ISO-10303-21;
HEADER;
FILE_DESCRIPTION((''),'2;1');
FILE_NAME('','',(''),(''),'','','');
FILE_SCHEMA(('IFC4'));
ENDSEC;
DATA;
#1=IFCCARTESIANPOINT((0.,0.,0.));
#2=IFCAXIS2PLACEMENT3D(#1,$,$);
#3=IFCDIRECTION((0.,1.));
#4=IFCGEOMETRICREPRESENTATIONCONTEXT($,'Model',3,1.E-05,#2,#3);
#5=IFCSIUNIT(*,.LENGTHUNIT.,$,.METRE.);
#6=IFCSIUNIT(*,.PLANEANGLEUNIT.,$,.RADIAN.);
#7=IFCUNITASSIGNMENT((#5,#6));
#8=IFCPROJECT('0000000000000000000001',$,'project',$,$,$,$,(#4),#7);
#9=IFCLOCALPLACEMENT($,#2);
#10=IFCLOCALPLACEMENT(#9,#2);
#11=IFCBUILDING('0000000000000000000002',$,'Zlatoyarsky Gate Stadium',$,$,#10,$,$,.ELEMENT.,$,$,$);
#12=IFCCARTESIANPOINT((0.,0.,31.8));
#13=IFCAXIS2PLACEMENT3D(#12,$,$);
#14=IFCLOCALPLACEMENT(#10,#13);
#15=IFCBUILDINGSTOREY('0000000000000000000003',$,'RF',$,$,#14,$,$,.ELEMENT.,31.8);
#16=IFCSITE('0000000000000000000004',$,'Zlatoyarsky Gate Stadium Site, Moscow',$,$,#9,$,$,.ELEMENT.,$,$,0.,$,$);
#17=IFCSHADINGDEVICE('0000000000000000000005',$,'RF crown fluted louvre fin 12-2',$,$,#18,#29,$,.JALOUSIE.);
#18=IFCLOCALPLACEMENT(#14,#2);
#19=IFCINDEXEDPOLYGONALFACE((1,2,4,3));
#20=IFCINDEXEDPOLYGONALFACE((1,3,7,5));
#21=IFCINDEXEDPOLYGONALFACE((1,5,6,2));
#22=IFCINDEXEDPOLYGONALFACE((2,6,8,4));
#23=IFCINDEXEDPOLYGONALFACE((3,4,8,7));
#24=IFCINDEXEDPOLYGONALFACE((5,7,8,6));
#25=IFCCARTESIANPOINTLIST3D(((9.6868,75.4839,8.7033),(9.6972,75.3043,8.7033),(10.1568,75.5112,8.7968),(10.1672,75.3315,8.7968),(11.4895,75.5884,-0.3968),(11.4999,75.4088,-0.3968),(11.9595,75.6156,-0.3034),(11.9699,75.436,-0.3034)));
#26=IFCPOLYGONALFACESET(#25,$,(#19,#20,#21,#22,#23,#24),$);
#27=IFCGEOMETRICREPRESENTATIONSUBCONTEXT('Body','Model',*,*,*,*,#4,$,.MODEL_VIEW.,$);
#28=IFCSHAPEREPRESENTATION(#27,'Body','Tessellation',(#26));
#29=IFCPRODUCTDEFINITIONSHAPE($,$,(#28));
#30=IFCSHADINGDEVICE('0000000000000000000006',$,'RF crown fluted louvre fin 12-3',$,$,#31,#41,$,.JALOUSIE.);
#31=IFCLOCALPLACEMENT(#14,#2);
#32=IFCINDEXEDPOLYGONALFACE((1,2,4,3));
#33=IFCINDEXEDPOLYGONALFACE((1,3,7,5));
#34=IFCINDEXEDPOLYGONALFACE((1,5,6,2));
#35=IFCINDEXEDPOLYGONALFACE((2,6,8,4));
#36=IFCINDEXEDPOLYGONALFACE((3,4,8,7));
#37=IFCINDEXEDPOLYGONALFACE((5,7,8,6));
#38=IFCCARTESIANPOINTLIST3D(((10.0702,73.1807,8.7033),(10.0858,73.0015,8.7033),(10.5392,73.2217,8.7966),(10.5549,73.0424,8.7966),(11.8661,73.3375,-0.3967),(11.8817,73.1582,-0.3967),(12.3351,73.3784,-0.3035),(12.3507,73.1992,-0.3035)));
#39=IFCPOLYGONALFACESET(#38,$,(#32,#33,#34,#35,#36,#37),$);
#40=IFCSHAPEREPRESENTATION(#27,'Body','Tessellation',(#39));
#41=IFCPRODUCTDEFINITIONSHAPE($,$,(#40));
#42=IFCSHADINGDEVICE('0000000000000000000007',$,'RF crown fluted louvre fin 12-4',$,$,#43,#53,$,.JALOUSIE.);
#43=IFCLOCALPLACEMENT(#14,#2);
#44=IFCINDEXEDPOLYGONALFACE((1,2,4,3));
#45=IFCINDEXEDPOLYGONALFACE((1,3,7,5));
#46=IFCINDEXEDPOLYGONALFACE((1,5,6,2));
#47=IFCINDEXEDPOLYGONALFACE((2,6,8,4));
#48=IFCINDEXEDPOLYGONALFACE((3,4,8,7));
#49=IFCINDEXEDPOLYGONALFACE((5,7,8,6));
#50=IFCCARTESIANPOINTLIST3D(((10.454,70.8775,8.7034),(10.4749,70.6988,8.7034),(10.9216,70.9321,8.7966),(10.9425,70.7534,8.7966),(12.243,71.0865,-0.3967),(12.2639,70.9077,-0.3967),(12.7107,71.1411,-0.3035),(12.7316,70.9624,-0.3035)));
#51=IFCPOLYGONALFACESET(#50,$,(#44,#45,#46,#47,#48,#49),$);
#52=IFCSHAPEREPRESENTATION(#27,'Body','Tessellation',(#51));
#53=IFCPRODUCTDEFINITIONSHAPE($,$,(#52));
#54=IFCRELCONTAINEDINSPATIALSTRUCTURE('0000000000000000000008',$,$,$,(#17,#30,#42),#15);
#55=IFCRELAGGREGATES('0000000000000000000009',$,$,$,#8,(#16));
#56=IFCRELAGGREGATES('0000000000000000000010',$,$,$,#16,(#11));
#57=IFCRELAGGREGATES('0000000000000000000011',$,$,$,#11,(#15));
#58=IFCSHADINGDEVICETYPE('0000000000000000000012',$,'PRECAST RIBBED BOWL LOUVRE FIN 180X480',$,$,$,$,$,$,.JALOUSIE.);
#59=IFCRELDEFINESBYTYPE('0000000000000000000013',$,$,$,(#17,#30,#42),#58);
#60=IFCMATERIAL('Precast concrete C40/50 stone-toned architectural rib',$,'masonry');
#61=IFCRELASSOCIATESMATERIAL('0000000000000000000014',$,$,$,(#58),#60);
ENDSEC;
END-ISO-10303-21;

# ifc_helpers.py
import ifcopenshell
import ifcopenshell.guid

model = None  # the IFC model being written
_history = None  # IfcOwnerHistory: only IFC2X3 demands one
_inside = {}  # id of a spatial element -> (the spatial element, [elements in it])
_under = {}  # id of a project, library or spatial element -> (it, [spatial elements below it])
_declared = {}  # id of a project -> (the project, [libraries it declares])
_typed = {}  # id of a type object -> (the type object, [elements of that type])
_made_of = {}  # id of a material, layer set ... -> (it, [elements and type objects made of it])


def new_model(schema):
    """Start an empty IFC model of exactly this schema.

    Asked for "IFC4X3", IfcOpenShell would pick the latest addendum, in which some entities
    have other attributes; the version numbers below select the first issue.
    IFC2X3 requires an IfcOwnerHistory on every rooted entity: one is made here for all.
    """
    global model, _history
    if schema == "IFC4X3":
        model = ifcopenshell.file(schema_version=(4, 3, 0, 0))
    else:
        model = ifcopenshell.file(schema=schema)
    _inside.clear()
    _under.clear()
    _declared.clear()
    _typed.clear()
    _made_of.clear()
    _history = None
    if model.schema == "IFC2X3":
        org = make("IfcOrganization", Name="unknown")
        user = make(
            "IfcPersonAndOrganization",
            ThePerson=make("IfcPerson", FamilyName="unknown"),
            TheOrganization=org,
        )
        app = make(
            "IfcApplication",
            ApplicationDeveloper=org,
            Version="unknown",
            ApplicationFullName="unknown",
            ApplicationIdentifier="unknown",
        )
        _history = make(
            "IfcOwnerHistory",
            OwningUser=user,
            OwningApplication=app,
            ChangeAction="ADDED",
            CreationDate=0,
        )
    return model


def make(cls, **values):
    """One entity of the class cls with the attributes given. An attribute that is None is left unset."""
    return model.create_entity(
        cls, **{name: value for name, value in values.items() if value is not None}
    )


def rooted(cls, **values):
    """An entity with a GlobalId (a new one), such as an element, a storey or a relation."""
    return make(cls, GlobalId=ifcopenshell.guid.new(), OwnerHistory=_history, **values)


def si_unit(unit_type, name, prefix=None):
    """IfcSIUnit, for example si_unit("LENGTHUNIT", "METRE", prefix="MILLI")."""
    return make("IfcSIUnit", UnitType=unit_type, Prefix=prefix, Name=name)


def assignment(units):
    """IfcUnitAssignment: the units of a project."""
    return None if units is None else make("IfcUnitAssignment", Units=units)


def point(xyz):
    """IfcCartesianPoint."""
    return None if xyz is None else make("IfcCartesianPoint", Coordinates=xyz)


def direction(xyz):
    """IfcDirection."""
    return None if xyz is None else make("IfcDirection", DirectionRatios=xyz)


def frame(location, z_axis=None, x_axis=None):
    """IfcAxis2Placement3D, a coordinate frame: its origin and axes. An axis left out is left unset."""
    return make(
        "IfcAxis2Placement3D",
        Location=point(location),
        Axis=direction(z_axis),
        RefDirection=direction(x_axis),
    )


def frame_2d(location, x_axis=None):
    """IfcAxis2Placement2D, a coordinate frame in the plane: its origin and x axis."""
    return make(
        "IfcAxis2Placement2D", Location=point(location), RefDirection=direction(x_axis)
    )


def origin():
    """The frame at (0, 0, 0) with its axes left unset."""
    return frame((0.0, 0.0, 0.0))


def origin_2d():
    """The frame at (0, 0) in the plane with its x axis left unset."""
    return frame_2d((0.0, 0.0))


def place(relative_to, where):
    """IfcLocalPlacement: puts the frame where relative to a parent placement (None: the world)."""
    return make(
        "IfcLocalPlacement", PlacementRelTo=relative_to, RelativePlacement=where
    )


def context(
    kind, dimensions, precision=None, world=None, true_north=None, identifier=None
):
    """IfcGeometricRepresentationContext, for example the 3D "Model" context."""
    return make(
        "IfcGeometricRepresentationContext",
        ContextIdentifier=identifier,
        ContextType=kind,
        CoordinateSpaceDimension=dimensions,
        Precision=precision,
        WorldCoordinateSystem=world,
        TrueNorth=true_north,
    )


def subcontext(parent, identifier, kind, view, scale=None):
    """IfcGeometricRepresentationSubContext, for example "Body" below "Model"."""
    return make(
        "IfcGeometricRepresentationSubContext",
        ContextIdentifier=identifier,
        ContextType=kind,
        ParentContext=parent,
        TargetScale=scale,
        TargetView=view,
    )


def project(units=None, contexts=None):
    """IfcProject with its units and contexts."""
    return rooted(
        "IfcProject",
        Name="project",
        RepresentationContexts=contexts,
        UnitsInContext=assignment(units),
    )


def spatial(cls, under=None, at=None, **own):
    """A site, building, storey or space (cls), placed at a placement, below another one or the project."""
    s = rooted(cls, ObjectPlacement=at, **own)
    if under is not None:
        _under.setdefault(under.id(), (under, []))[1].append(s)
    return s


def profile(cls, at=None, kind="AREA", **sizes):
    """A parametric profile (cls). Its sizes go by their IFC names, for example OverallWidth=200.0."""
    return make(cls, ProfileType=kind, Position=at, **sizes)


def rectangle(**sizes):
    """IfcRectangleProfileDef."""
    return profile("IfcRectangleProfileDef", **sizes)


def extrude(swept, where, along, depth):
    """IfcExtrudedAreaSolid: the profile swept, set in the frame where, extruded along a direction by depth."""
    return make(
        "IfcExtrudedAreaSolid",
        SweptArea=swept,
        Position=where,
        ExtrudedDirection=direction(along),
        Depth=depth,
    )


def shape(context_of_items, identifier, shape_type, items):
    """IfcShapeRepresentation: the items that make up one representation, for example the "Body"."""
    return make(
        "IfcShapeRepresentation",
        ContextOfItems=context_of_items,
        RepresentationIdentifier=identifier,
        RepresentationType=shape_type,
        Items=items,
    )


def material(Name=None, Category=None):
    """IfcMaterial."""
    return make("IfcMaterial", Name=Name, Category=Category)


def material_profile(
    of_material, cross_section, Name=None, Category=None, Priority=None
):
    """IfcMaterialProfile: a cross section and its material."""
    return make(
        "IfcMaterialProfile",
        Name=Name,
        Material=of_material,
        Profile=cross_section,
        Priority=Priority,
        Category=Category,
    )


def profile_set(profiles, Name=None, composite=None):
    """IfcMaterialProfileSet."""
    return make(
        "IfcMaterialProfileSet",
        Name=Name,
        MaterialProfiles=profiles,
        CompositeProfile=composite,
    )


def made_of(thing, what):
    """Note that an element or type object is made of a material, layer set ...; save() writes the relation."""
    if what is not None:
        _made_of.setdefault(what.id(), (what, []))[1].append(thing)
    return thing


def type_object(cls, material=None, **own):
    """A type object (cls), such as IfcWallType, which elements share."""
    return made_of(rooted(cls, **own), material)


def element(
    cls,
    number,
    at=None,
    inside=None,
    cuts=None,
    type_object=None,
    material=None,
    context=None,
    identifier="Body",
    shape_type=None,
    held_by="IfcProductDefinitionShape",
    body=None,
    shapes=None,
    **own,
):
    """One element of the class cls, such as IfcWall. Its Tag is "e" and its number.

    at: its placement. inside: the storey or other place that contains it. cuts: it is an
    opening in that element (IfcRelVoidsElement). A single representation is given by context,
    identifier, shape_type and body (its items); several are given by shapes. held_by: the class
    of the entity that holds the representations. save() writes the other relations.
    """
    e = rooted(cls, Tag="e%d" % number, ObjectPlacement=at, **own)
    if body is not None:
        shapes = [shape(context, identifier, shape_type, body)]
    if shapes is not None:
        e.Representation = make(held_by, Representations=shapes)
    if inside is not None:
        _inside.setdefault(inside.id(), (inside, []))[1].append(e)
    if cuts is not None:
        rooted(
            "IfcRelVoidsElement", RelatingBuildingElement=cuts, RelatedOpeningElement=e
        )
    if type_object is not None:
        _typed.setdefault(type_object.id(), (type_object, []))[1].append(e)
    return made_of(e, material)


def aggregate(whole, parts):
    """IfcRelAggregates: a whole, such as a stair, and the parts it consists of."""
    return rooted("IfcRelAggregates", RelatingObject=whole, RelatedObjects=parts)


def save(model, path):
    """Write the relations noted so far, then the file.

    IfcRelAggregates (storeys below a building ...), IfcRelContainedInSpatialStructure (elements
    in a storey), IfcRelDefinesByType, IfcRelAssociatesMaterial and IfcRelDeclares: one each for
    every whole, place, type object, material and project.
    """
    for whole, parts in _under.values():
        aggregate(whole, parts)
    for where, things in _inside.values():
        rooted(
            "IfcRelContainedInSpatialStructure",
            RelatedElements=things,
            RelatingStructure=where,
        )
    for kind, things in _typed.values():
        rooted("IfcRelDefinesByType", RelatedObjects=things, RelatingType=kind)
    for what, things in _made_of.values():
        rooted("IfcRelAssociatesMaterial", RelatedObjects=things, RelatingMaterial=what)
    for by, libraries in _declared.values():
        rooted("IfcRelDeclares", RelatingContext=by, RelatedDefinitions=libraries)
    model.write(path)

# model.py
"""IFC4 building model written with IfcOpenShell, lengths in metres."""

from ifc_helpers import new_model, si_unit, direction, frame, origin, origin_2d, place, context, subcontext, project, spatial, rectangle, extrude, material, material_profile, profile_set, type_object, element, save


model = new_model("IFC4")

# Units and contexts
model_context = context("Model", 3, precision=1e-05, world=origin(), true_north=direction((0.0, 1.0)))
body_context = subcontext(model_context, "Body", "Model", "MODEL_VIEW")
ifc_project = project(units=[si_unit("LENGTHUNIT", "METRE"), si_unit("PLANEANGLEUNIT", "RADIAN")], contexts=[model_context])

# Site, building, storey
site_placement = place(None, origin())
site = spatial("IfcSite", under=ifc_project, at=site_placement, Name="Zlatoyarsky Gate Stadium Site, Moscow", CompositionType="ELEMENT", RefElevation=0.0)
building_placement = place(site_placement, origin())
building = spatial("IfcBuilding", under=site, at=building_placement, Name="Zlatoyarsky Gate Stadium", CompositionType="ELEMENT")
storey_placement = place(building_placement, frame((0.0, 0.0, 31.8)))
storey = spatial("IfcBuildingStorey", under=building, at=storey_placement, Name="RF", CompositionType="ELEMENT", Elevation=31.8)

# Shading devices
ifc_material_1 = material(Name="Precast concrete C40/50 stone-toned architectural rib", Category="masonry")
ifc_material_profile_1 = material_profile(ifc_material_1, rectangle(XDim=0.1799, YDim=0.48, at=origin_2d()), Name="RIB 180X480")
ifc_profile_set_1 = profile_set([ifc_material_profile_1], Name="Precast concrete C40/50 stone-toned architectural rib")
shading_device_type = type_object("IfcShadingDeviceType", Name="PRECAST RIBBED BOWL LOUVRE FIN 180X480", PredefinedType="JALOUSIE", material=ifc_profile_set_1)
shading_device_1_placement = place(storey_placement, frame((11.7297, 75.5122, -0.3501), z_axis=(-0.194312, -0.011263, 0.980875), x_axis=(0.057866, -0.998324, 0.0)))
element("IfcShadingDevice", 1, at=shading_device_1_placement, inside=storey, type_object=shading_device_type, Name="RF crown fluted louvre fin 12-2", PredefinedType="JALOUSIE", context=body_context, shape_type="SweptSolid", body=[
    extrude(rectangle(XDim=0.1799, YDim=0.48, at=origin_2d()), origin(), (0.0, 0.0, 1.0), 9.2776),
])
shading_device_2_placement = place(storey_placement, frame((12.1084, 73.2683, -0.3501), z_axis=(-0.193587, -0.016895, 0.980938), x_axis=(0.086945, -0.996213, 0.0)))
element("IfcShadingDevice", 2, at=shading_device_2_placement, inside=storey, type_object=shading_device_type, Name="RF crown fluted louvre fin 12-3", PredefinedType="JALOUSIE", context=body_context, shape_type="SweptSolid", body=[
    extrude(rectangle(XDim=0.1799, YDim=0.48, at=origin_2d()), origin(), (0.0, 0.0, 1.0), 9.2769),
])
shading_device_3_placement = place(storey_placement, frame((12.4873, 71.0244, -0.3501), z_axis=(-0.192857, -0.022528, 0.980968), x_axis=(0.116023, -0.993246, 0.0)))
element("IfcShadingDevice", 3, at=shading_device_3_placement, inside=storey, type_object=shading_device_type, Name="RF crown fluted louvre fin 12-4", PredefinedType="JALOUSIE", context=body_context, shape_type="SweptSolid", body=[
    extrude(rectangle(XDim=0.1799, YDim=0.48, at=origin_2d()), origin(), (0.0, 0.0, 1.0), 9.2766),
])

save(model, "model.ifc")
